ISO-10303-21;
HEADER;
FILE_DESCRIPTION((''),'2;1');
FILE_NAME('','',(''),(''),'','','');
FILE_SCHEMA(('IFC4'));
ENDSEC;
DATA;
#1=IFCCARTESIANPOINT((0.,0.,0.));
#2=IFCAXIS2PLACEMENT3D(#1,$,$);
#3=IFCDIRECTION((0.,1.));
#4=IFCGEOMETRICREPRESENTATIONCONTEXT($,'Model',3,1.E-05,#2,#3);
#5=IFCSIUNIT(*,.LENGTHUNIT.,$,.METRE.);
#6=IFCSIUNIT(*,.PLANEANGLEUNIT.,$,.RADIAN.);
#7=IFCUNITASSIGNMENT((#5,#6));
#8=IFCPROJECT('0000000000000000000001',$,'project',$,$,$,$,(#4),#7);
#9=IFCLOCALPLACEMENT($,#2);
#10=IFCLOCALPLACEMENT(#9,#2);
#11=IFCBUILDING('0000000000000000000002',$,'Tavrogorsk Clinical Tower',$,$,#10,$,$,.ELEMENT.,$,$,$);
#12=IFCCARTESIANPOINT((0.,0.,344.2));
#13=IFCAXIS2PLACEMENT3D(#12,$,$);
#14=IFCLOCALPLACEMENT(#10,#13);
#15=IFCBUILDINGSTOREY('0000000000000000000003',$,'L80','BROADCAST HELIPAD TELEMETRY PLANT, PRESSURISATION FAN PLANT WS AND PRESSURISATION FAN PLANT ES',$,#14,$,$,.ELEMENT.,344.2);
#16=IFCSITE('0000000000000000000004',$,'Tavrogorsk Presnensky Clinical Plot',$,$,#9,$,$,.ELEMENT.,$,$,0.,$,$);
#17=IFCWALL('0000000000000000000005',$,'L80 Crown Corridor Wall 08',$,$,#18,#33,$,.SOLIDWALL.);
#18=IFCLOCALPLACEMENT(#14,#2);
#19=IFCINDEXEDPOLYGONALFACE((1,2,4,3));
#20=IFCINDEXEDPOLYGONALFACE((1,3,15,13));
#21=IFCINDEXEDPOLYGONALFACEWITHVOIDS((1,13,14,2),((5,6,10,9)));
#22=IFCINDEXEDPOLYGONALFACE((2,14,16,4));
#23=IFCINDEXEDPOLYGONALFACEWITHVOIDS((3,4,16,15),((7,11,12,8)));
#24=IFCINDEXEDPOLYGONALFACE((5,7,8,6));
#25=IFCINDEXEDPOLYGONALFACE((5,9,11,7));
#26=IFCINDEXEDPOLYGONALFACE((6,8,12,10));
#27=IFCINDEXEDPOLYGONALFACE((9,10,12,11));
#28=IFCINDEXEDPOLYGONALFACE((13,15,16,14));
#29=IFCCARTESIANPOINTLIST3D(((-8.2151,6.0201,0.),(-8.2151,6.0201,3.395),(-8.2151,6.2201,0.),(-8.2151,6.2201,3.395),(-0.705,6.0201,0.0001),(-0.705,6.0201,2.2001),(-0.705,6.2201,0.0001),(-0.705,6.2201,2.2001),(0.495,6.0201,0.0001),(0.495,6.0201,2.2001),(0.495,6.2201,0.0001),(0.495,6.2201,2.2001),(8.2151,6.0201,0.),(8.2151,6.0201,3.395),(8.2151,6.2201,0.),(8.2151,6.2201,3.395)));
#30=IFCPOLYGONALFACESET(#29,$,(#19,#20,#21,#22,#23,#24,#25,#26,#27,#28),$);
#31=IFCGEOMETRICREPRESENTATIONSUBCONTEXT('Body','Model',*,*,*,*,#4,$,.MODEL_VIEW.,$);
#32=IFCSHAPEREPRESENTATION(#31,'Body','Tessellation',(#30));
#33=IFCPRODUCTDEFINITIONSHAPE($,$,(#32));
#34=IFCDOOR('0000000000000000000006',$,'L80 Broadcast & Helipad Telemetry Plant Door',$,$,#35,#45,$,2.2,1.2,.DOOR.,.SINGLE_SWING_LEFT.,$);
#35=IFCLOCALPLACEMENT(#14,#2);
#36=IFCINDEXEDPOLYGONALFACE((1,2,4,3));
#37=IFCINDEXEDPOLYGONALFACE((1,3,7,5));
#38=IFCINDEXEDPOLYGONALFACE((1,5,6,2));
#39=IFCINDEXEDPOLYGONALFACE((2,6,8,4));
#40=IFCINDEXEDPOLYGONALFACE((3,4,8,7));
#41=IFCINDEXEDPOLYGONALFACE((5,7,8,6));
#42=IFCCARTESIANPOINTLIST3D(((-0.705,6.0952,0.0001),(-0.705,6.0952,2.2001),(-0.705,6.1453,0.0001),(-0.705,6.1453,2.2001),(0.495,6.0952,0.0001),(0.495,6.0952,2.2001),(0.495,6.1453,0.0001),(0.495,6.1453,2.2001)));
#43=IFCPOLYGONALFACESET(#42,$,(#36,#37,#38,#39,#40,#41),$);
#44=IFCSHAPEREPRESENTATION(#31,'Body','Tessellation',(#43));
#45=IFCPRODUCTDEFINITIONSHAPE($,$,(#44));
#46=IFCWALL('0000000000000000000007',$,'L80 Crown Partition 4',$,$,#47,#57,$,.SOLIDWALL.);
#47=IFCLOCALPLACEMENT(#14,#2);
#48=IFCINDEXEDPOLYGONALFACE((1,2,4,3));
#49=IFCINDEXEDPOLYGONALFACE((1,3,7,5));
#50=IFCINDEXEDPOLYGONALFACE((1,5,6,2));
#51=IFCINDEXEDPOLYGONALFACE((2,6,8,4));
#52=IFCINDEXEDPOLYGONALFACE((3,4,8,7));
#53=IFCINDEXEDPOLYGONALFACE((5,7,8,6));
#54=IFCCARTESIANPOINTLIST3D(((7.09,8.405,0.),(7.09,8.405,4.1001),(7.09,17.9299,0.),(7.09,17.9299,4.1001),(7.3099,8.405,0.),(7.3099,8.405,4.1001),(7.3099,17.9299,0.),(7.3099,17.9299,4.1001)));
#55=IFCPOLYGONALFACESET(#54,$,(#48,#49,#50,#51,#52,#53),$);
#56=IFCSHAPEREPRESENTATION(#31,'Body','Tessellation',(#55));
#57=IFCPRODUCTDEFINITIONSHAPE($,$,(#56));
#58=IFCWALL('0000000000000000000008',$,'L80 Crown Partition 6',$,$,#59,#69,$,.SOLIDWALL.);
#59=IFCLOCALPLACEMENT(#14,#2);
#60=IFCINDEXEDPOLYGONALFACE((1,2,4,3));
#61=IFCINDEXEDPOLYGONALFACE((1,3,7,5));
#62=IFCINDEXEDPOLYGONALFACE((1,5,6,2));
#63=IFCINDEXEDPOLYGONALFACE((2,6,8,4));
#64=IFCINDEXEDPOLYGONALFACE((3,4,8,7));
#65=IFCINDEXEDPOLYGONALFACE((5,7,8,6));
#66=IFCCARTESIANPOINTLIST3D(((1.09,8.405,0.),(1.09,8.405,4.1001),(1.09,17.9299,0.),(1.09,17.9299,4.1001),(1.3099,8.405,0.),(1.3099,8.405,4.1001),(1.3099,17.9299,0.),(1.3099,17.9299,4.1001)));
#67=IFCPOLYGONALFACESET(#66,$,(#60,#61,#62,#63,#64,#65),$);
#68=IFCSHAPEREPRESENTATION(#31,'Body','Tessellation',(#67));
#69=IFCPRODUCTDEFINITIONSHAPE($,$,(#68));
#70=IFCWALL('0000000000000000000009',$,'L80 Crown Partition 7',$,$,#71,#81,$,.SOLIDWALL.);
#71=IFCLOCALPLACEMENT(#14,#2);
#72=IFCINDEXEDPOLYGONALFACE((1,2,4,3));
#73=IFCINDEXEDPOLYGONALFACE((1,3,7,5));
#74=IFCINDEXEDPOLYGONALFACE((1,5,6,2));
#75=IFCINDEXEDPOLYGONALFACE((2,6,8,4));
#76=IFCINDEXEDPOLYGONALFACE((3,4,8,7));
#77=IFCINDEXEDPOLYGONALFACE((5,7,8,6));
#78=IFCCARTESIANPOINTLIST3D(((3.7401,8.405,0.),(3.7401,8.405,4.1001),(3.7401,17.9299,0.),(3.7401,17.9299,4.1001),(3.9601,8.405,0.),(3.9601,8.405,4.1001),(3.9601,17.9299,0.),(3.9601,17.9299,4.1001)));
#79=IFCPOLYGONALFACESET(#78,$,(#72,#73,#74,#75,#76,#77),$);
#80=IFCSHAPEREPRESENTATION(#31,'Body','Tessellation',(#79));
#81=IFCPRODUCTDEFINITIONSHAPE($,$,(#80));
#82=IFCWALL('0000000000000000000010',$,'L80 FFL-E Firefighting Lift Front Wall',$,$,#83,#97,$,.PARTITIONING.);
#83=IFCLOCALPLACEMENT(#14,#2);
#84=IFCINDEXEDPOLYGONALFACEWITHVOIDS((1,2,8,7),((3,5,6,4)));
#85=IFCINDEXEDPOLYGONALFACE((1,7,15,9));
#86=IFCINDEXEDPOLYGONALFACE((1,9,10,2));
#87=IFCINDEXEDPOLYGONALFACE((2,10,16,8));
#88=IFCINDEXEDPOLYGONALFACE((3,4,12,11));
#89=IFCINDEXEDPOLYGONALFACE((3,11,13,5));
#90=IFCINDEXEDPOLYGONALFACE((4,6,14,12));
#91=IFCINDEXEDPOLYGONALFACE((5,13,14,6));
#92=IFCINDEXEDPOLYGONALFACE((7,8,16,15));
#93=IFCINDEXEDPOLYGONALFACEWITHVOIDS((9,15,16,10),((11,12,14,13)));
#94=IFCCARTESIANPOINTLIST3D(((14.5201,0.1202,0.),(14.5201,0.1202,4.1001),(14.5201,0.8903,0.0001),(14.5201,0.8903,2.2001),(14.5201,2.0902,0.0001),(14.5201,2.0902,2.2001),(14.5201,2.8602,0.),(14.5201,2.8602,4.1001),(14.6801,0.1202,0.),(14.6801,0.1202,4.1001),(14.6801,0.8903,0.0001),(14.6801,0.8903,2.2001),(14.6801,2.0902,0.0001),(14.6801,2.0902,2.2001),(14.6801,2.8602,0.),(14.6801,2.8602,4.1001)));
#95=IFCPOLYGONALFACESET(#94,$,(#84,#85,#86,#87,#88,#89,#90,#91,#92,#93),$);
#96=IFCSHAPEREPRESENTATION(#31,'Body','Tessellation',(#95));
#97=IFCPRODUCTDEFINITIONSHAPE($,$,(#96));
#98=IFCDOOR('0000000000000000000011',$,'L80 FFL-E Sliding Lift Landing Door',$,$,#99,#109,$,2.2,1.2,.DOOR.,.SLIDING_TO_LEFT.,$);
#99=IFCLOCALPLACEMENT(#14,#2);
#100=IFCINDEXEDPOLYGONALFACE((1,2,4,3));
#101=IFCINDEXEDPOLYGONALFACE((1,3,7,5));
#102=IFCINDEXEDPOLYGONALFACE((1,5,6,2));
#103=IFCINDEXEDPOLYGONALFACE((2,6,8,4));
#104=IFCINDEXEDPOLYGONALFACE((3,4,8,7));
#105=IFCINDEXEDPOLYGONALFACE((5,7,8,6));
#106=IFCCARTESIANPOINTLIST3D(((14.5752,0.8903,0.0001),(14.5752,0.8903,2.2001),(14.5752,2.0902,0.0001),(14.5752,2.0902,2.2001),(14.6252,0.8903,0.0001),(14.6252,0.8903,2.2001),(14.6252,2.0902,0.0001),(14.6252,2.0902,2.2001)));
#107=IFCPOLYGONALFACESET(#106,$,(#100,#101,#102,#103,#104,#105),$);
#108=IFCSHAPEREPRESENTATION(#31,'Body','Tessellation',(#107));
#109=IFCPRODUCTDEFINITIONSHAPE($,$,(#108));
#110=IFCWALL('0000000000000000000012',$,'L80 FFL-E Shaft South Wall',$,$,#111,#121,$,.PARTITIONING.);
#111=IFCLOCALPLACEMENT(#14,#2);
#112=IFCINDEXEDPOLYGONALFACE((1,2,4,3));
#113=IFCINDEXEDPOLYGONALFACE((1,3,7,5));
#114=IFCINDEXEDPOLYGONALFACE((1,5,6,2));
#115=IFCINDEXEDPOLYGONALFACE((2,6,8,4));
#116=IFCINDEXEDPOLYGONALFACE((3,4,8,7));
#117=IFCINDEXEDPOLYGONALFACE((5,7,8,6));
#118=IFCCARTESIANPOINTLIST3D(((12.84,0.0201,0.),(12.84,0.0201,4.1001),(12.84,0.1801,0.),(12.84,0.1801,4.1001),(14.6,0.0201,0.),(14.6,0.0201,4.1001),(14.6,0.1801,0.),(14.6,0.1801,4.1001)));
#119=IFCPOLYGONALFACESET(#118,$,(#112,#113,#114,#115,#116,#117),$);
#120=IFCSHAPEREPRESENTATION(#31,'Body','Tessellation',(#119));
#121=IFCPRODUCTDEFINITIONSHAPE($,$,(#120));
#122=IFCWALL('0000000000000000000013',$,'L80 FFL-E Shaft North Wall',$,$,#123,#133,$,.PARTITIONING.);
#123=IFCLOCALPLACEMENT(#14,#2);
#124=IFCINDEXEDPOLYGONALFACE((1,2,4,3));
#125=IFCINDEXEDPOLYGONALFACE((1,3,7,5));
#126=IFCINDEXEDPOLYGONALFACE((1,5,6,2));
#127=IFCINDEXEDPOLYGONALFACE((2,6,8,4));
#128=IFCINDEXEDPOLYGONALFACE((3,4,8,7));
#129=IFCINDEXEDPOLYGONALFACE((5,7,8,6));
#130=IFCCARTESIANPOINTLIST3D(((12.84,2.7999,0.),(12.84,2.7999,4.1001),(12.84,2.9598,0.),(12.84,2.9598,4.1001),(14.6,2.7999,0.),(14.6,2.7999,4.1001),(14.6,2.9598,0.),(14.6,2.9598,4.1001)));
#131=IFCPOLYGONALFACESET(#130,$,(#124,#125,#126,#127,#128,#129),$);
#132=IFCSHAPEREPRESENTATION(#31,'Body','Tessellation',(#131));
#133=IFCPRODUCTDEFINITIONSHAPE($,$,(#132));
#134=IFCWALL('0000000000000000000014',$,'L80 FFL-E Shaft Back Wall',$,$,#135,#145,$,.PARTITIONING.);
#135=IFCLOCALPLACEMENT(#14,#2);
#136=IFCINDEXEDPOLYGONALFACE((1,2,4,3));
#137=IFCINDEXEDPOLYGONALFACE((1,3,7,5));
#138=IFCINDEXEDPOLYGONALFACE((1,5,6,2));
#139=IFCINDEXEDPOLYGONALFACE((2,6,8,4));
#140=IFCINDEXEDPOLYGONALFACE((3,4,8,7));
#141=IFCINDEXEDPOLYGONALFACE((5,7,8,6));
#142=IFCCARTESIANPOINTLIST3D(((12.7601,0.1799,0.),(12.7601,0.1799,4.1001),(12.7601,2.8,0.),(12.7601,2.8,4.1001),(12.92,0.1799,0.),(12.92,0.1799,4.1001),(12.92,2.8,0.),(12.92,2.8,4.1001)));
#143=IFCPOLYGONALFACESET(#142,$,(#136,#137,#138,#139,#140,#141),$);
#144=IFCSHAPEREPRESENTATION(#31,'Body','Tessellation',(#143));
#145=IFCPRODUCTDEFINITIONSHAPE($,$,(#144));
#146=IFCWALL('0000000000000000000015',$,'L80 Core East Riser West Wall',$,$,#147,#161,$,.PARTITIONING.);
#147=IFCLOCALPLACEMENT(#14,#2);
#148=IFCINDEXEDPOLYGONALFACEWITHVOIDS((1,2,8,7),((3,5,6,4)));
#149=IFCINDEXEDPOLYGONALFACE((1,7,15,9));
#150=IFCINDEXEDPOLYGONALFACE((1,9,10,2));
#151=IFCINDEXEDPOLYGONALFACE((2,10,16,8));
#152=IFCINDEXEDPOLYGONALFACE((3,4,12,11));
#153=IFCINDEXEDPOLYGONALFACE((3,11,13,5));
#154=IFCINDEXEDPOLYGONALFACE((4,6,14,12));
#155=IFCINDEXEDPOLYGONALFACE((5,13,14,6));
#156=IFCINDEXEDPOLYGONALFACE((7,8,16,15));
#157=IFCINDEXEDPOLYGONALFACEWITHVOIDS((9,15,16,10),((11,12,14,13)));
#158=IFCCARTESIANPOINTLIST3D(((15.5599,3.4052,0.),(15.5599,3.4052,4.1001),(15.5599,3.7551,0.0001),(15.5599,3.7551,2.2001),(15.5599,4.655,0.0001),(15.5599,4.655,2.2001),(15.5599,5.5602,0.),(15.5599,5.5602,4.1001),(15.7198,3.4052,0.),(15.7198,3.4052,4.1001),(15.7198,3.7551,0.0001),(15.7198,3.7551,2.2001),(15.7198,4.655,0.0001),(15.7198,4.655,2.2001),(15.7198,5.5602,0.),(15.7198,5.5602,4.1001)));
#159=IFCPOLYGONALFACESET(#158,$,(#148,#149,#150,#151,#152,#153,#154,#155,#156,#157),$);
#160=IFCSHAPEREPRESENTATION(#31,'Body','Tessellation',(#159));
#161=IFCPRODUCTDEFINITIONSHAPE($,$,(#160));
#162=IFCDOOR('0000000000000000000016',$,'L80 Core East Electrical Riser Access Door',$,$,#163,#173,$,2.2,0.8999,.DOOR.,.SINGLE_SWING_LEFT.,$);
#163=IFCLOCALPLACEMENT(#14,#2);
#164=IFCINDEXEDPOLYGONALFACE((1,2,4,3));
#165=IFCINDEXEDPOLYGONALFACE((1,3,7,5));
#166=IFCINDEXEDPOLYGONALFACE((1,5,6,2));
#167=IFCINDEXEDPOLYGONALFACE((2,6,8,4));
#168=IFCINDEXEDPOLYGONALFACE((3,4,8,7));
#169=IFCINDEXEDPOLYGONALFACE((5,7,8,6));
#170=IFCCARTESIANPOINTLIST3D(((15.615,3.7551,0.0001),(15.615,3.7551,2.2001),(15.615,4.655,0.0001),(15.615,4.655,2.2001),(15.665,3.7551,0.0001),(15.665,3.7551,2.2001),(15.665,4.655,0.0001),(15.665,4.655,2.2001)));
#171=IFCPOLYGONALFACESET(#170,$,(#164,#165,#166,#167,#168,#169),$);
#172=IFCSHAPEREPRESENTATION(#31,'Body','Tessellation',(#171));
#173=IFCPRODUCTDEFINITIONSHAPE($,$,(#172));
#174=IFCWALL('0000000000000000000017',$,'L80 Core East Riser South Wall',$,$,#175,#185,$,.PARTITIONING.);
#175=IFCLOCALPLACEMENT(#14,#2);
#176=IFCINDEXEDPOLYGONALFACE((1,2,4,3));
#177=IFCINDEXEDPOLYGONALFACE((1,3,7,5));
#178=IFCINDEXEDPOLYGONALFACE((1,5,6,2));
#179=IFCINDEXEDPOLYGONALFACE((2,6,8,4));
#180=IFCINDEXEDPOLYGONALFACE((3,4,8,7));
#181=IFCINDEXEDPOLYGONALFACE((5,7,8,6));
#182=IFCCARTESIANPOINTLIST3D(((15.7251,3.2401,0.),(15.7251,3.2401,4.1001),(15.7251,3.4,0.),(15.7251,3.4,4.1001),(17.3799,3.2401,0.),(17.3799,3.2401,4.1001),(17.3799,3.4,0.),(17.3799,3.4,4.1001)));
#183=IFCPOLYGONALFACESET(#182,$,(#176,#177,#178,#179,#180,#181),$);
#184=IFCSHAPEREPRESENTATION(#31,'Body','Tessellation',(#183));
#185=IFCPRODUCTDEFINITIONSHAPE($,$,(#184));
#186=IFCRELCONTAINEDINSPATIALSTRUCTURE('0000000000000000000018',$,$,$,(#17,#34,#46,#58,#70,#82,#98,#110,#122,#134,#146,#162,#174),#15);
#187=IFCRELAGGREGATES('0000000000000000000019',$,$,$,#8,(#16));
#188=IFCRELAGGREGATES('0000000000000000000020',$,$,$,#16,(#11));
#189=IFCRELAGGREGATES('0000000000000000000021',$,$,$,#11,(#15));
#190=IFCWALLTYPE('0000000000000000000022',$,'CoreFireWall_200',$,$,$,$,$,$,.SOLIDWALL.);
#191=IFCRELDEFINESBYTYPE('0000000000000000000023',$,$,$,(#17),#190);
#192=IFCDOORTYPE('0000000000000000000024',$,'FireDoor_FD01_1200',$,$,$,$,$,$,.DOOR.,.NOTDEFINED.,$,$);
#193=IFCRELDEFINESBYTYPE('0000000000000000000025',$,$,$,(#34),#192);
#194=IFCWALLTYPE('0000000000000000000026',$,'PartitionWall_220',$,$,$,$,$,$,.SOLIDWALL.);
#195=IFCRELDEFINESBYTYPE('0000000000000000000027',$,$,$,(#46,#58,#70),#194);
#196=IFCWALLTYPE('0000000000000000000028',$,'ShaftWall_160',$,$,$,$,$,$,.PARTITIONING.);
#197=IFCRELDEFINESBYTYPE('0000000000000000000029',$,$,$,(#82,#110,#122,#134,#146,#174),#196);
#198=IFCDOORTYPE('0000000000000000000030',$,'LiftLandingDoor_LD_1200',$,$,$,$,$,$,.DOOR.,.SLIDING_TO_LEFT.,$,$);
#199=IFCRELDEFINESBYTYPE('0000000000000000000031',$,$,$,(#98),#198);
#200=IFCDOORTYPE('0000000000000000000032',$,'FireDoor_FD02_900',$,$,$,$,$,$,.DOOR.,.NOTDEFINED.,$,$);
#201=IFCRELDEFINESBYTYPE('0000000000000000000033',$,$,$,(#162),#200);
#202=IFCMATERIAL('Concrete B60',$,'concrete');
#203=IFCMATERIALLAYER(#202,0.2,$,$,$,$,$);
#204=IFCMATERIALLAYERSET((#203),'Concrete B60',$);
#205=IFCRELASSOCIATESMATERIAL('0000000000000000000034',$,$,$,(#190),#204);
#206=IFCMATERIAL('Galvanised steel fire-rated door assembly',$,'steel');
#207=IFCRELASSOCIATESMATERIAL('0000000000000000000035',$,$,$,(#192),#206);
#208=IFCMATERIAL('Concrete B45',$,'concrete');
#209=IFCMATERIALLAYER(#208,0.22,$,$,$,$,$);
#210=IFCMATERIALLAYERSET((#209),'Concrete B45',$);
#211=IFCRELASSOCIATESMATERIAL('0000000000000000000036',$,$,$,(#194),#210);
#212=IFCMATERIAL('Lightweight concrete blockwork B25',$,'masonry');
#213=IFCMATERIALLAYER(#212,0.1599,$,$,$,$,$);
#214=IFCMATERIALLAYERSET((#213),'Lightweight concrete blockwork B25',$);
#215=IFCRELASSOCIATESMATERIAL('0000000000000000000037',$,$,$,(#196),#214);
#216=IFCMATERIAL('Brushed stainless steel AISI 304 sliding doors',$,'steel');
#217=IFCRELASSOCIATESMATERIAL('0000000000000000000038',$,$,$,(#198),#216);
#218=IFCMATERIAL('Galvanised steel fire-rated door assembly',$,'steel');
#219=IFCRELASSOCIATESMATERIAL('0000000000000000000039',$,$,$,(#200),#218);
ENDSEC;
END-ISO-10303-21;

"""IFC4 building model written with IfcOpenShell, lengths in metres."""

from ifc_helpers import new_model, si_unit, direction, frame, frame_2d, origin, place, context, subcontext, project, spatial, rectangle, extrude, material, layer, layer_set, type_object, element, fill, save


model = new_model("IFC4")

# Units and contexts
model_context = context("Model", 3, precision=1e-05, world=origin(), true_north=direction((0.0, 1.0)))
body_context = subcontext(model_context, "Body", "Model", "MODEL_VIEW")
ifc_project = project(units=[si_unit("LENGTHUNIT", "METRE"), si_unit("PLANEANGLEUNIT", "RADIAN")], contexts=[model_context])

# Site, building, storey
site_placement = place(None, origin())
site = spatial("IfcSite", under=ifc_project, at=site_placement, Name="Tavrogorsk Presnensky Clinical Plot", CompositionType="ELEMENT", RefElevation=0.0)
building_placement = place(site_placement, origin())
building = spatial("IfcBuilding", under=site, at=building_placement, Name="Tavrogorsk Clinical Tower", CompositionType="ELEMENT")
storey_placement = place(building_placement, frame((0.0, 0.0, 344.2)))
storey = spatial("IfcBuildingStorey", under=building, at=storey_placement, Name="L80", Description="BROADCAST HELIPAD TELEMETRY PLANT, PRESSURISATION FAN PLANT WS AND PRESSURISATION FAN PLANT ES", CompositionType="ELEMENT", Elevation=344.2)

# Shared definitions
ifc_material_1 = material(Name="Concrete B60", Category="concrete")
ifc_layer_1 = layer(ifc_material_1, 0.2)
ifc_layer_set_1 = layer_set([ifc_layer_1], Name="Concrete B60")
wall_type_1 = type_object("IfcWallType", Name="CoreFireWall_200", PredefinedType="SOLIDWALL", material=ifc_layer_set_1)

# Wall, opening, door
wall_1_placement = place(storey_placement, frame((8.2151, 6.1201, 0.0), z_axis=(0.0, 0.0, 1.0), x_axis=(-1.0, 0.0, 0.0)))
wall_1 = element("IfcWall", 1, at=wall_1_placement, inside=storey, type_object=wall_type_1, Name="L80 Crown Corridor Wall 08", PredefinedType="SOLIDWALL", context=body_context, shape_type="SweptSolid", body=[
    extrude(rectangle(XDim=16.4302, YDim=0.2, at=frame_2d((8.2151, 0.0))), origin(), (0.0, 0.0, 1.0), 3.395),
])
opening_1_placement = place(wall_1_placement, frame((7.72, 0.0, 0.0)))
opening_1 = element("IfcOpeningElement", 2, at=opening_1_placement, cuts=wall_1, PredefinedType="OPENING", context=body_context, shape_type="SweptSolid", body=[
    extrude(rectangle(XDim=1.2, YDim=2.2, at=frame_2d((0.6001, 1.1001))), frame((0.0, 0.1099, 0.0), z_axis=(0.0, -1.0, 0.0), x_axis=(1.0, 0.0, 0.0)), (0.0, 0.0, 1.0), 0.22),
])
ifc_material_2 = material(Name="Galvanised steel fire-rated door assembly", Category="steel")
door_type_1 = type_object("IfcDoorType", Name="FireDoor_FD01_1200", OperationType="NOTDEFINED", PredefinedType="DOOR", material=ifc_material_2)
door_1_placement = place(opening_1_placement, origin())
door_1 = element("IfcDoor", 3, at=door_1_placement, inside=storey, type_object=door_type_1, Name="L80 Broadcast & Helipad Telemetry Plant Door", OperationType="SINGLE_SWING_LEFT", OverallHeight=2.2, OverallWidth=1.2, PredefinedType="DOOR", context=body_context, shape_type="SweptSolid", body=[
    extrude(rectangle(XDim=1.2, YDim=2.2, at=frame_2d((0.6001, 1.1001))), frame((0.0, 0.0249, 0.0), z_axis=(0.0, -1.0, 0.0), x_axis=(1.0, 0.0, 0.0)), (0.0, 0.0, 1.0), 0.05),
])
fill(opening_1, door_1)

# Walls
ifc_material_3 = material(Name="Concrete B45", Category="concrete")
ifc_layer_2 = layer(ifc_material_3, 0.22)
ifc_layer_set_2 = layer_set([ifc_layer_2], Name="Concrete B45")
wall_type_2 = type_object("IfcWallType", Name="PartitionWall_220", PredefinedType="SOLIDWALL", material=ifc_layer_set_2)
for number, where, z_axis, x_axis, name in (
    (4, (7.2, 8.405, 0.0), (0.0, 0.0, 1.0), (0.0, 1.0, 0.0), "L80 Crown Partition 4"),
    (5, (1.2, 8.405, 0.0), (0.0, 0.0, 1.0), (0.0, 1.0, 0.0), "L80 Crown Partition 6"),
    (6, (3.8501, 8.405, 0.0), (0.0, 0.0, 1.0), (0.0, 1.0, 0.0), "L80 Crown Partition 7"),
):
    element("IfcWall", number, at=place(storey_placement, frame(where, z_axis=z_axis, x_axis=x_axis)), inside=storey, type_object=wall_type_2, Name=name, PredefinedType="SOLIDWALL", context=body_context, shape_type="SweptSolid", body=[
        extrude(rectangle(XDim=9.5249, YDim=0.22, at=frame_2d((4.7625, 0.0))), origin(), (0.0, 0.0, 1.0), 4.1001),
    ])

# Wall, opening, door
ifc_material_4 = material(Name="Lightweight concrete blockwork B25", Category="masonry")
ifc_layer_3 = layer(ifc_material_4, 0.1599)
ifc_layer_set_3 = layer_set([ifc_layer_3], Name="Lightweight concrete blockwork B25")
wall_type_3 = type_object("IfcWallType", Name="ShaftWall_160", PredefinedType="PARTITIONING", material=ifc_layer_set_3)
wall_2_placement = place(storey_placement, frame((14.6001, 0.1201, 0.0), z_axis=(0.0, 0.0, 1.0), x_axis=(0.0, 1.0, 0.0)))
wall_2 = element("IfcWall", 7, at=wall_2_placement, inside=storey, type_object=wall_type_3, Name="L80 FFL-E Firefighting Lift Front Wall", PredefinedType="PARTITIONING", context=body_context, shape_type="SweptSolid", body=[
    extrude(rectangle(XDim=2.74, YDim=0.1599, at=frame_2d((1.3701, 0.0))), origin(), (0.0, 0.0, 1.0), 4.1001),
])
opening_2_placement = place(wall_2_placement, frame((0.77, 0.0, 0.0)))
opening_2 = element("IfcOpeningElement", 8, at=opening_2_placement, cuts=wall_2, PredefinedType="OPENING", context=body_context, shape_type="SweptSolid", body=[
    extrude(rectangle(XDim=1.2, YDim=2.2, at=frame_2d((0.6001, 1.1001))), frame((0.0, 0.0898, 0.0), z_axis=(0.0, -1.0, 0.0), x_axis=(1.0, 0.0, 0.0)), (0.0, 0.0, 1.0), 0.1799),
])
ifc_material_5 = material(Name="Brushed stainless steel AISI 304 sliding doors", Category="steel")
door_type_2 = type_object("IfcDoorType", Name="LiftLandingDoor_LD_1200", OperationType="SLIDING_TO_LEFT", PredefinedType="DOOR", material=ifc_material_5)
door_2_placement = place(opening_2_placement, origin())
door_2 = element("IfcDoor", 9, at=door_2_placement, inside=storey, type_object=door_type_2, Name="L80 FFL-E Sliding Lift Landing Door", OperationType="SLIDING_TO_LEFT", OverallHeight=2.2, OverallWidth=1.2, PredefinedType="DOOR", context=body_context, shape_type="SweptSolid", body=[
    extrude(rectangle(XDim=1.2, YDim=2.2, at=frame_2d((0.6001, 1.1001))), frame((0.0, 0.0249, 0.0), z_axis=(0.0, -1.0, 0.0), x_axis=(1.0, 0.0, 0.0)), (0.0, 0.0, 1.0), 0.05),
])
fill(opening_2, door_2)

# Walls
for number, where, z_axis, x_axis, name in (
    (10, (12.8401, 0.1001, 0.0), (0.0, 0.0, 1.0), (1.0, 0.0, 0.0), "L80 FFL-E Shaft South Wall"),
    (11, (12.8401, 2.8799, 0.0), (0.0, 0.0, 1.0), (1.0, 0.0, 0.0), "L80 FFL-E Shaft North Wall"),
):
    element("IfcWall", number, at=place(storey_placement, frame(where, z_axis=z_axis, x_axis=x_axis)), inside=storey, type_object=wall_type_3, Name=name, PredefinedType="PARTITIONING", context=body_context, shape_type="SweptSolid", body=[
        extrude(rectangle(XDim=1.76, YDim=0.1599, at=frame_2d((0.8799, 0.0))), origin(), (0.0, 0.0, 1.0), 4.1001),
    ])
wall_3_placement = place(storey_placement, frame((12.8401, 0.1799, 0.0), z_axis=(0.0, 0.0, 1.0), x_axis=(0.0, 1.0, 0.0)))
element("IfcWall", 12, at=wall_3_placement, inside=storey, type_object=wall_type_3, Name="L80 FFL-E Shaft Back Wall", PredefinedType="PARTITIONING", context=body_context, shape_type="SweptSolid", body=[
    extrude(rectangle(XDim=2.6201, YDim=0.1599, at=frame_2d((1.3101, 0.0))), origin(), (0.0, 0.0, 1.0), 4.1001),
])

# Wall, opening, door
wall_4_placement = place(storey_placement, frame((15.6399, 3.405, 0.0), z_axis=(0.0, 0.0, 1.0), x_axis=(0.0, 1.0, 0.0)))
wall_4 = element("IfcWall", 13, at=wall_4_placement, inside=storey, type_object=wall_type_3, Name="L80 Core East Riser West Wall", PredefinedType="PARTITIONING", context=body_context, shape_type="SweptSolid", body=[
    extrude(rectangle(XDim=2.155, YDim=0.1599, at=frame_2d((1.0776, 0.0))), origin(), (0.0, 0.0, 1.0), 4.1001),
])
opening_3_placement = place(wall_4_placement, frame((0.3501, 0.0, 0.0)))
opening_3 = element("IfcOpeningElement", 14, at=opening_3_placement, cuts=wall_4, PredefinedType="OPENING", context=body_context, shape_type="SweptSolid", body=[
    extrude(rectangle(XDim=0.8999, YDim=2.2, at=frame_2d((0.45, 1.1001))), frame((0.0, 0.0898, 0.0), z_axis=(0.0, -1.0, 0.0), x_axis=(1.0, 0.0, 0.0)), (0.0, 0.0, 1.0), 0.1799),
])
ifc_material_6 = material(Name="Galvanised steel fire-rated door assembly", Category="steel")
door_type_3 = type_object("IfcDoorType", Name="FireDoor_FD02_900", OperationType="NOTDEFINED", PredefinedType="DOOR", material=ifc_material_6)
door_3_placement = place(opening_3_placement, origin())
door_3 = element("IfcDoor", 15, at=door_3_placement, inside=storey, type_object=door_type_3, Name="L80 Core East Electrical Riser Access Door", OperationType="SINGLE_SWING_LEFT", OverallHeight=2.2, OverallWidth=0.8999, PredefinedType="DOOR", context=body_context, shape_type="SweptSolid", body=[
    extrude(rectangle(XDim=0.8999, YDim=2.2, at=frame_2d((0.45, 1.1001))), frame((0.0, 0.0249, 0.0), z_axis=(0.0, -1.0, 0.0), x_axis=(1.0, 0.0, 0.0)), (0.0, 0.0, 1.0), 0.05),
])
fill(opening_3, door_3)

# Wall
wall_5_placement = place(storey_placement, frame((15.7251, 3.3201, 0.0), z_axis=(0.0, 0.0, 1.0), x_axis=(1.0, 0.0, 0.0)))
element("IfcWall", 16, at=wall_5_placement, inside=storey, type_object=wall_type_3, Name="L80 Core East Riser South Wall", PredefinedType="PARTITIONING", context=body_context, shape_type="SweptSolid", body=[
    extrude(rectangle(XDim=1.6548, YDim=0.1599, at=frame_2d((0.8274, 0.0))), origin(), (0.0, 0.0, 1.0), 4.1001),
])

save(model, "model.ifc")
